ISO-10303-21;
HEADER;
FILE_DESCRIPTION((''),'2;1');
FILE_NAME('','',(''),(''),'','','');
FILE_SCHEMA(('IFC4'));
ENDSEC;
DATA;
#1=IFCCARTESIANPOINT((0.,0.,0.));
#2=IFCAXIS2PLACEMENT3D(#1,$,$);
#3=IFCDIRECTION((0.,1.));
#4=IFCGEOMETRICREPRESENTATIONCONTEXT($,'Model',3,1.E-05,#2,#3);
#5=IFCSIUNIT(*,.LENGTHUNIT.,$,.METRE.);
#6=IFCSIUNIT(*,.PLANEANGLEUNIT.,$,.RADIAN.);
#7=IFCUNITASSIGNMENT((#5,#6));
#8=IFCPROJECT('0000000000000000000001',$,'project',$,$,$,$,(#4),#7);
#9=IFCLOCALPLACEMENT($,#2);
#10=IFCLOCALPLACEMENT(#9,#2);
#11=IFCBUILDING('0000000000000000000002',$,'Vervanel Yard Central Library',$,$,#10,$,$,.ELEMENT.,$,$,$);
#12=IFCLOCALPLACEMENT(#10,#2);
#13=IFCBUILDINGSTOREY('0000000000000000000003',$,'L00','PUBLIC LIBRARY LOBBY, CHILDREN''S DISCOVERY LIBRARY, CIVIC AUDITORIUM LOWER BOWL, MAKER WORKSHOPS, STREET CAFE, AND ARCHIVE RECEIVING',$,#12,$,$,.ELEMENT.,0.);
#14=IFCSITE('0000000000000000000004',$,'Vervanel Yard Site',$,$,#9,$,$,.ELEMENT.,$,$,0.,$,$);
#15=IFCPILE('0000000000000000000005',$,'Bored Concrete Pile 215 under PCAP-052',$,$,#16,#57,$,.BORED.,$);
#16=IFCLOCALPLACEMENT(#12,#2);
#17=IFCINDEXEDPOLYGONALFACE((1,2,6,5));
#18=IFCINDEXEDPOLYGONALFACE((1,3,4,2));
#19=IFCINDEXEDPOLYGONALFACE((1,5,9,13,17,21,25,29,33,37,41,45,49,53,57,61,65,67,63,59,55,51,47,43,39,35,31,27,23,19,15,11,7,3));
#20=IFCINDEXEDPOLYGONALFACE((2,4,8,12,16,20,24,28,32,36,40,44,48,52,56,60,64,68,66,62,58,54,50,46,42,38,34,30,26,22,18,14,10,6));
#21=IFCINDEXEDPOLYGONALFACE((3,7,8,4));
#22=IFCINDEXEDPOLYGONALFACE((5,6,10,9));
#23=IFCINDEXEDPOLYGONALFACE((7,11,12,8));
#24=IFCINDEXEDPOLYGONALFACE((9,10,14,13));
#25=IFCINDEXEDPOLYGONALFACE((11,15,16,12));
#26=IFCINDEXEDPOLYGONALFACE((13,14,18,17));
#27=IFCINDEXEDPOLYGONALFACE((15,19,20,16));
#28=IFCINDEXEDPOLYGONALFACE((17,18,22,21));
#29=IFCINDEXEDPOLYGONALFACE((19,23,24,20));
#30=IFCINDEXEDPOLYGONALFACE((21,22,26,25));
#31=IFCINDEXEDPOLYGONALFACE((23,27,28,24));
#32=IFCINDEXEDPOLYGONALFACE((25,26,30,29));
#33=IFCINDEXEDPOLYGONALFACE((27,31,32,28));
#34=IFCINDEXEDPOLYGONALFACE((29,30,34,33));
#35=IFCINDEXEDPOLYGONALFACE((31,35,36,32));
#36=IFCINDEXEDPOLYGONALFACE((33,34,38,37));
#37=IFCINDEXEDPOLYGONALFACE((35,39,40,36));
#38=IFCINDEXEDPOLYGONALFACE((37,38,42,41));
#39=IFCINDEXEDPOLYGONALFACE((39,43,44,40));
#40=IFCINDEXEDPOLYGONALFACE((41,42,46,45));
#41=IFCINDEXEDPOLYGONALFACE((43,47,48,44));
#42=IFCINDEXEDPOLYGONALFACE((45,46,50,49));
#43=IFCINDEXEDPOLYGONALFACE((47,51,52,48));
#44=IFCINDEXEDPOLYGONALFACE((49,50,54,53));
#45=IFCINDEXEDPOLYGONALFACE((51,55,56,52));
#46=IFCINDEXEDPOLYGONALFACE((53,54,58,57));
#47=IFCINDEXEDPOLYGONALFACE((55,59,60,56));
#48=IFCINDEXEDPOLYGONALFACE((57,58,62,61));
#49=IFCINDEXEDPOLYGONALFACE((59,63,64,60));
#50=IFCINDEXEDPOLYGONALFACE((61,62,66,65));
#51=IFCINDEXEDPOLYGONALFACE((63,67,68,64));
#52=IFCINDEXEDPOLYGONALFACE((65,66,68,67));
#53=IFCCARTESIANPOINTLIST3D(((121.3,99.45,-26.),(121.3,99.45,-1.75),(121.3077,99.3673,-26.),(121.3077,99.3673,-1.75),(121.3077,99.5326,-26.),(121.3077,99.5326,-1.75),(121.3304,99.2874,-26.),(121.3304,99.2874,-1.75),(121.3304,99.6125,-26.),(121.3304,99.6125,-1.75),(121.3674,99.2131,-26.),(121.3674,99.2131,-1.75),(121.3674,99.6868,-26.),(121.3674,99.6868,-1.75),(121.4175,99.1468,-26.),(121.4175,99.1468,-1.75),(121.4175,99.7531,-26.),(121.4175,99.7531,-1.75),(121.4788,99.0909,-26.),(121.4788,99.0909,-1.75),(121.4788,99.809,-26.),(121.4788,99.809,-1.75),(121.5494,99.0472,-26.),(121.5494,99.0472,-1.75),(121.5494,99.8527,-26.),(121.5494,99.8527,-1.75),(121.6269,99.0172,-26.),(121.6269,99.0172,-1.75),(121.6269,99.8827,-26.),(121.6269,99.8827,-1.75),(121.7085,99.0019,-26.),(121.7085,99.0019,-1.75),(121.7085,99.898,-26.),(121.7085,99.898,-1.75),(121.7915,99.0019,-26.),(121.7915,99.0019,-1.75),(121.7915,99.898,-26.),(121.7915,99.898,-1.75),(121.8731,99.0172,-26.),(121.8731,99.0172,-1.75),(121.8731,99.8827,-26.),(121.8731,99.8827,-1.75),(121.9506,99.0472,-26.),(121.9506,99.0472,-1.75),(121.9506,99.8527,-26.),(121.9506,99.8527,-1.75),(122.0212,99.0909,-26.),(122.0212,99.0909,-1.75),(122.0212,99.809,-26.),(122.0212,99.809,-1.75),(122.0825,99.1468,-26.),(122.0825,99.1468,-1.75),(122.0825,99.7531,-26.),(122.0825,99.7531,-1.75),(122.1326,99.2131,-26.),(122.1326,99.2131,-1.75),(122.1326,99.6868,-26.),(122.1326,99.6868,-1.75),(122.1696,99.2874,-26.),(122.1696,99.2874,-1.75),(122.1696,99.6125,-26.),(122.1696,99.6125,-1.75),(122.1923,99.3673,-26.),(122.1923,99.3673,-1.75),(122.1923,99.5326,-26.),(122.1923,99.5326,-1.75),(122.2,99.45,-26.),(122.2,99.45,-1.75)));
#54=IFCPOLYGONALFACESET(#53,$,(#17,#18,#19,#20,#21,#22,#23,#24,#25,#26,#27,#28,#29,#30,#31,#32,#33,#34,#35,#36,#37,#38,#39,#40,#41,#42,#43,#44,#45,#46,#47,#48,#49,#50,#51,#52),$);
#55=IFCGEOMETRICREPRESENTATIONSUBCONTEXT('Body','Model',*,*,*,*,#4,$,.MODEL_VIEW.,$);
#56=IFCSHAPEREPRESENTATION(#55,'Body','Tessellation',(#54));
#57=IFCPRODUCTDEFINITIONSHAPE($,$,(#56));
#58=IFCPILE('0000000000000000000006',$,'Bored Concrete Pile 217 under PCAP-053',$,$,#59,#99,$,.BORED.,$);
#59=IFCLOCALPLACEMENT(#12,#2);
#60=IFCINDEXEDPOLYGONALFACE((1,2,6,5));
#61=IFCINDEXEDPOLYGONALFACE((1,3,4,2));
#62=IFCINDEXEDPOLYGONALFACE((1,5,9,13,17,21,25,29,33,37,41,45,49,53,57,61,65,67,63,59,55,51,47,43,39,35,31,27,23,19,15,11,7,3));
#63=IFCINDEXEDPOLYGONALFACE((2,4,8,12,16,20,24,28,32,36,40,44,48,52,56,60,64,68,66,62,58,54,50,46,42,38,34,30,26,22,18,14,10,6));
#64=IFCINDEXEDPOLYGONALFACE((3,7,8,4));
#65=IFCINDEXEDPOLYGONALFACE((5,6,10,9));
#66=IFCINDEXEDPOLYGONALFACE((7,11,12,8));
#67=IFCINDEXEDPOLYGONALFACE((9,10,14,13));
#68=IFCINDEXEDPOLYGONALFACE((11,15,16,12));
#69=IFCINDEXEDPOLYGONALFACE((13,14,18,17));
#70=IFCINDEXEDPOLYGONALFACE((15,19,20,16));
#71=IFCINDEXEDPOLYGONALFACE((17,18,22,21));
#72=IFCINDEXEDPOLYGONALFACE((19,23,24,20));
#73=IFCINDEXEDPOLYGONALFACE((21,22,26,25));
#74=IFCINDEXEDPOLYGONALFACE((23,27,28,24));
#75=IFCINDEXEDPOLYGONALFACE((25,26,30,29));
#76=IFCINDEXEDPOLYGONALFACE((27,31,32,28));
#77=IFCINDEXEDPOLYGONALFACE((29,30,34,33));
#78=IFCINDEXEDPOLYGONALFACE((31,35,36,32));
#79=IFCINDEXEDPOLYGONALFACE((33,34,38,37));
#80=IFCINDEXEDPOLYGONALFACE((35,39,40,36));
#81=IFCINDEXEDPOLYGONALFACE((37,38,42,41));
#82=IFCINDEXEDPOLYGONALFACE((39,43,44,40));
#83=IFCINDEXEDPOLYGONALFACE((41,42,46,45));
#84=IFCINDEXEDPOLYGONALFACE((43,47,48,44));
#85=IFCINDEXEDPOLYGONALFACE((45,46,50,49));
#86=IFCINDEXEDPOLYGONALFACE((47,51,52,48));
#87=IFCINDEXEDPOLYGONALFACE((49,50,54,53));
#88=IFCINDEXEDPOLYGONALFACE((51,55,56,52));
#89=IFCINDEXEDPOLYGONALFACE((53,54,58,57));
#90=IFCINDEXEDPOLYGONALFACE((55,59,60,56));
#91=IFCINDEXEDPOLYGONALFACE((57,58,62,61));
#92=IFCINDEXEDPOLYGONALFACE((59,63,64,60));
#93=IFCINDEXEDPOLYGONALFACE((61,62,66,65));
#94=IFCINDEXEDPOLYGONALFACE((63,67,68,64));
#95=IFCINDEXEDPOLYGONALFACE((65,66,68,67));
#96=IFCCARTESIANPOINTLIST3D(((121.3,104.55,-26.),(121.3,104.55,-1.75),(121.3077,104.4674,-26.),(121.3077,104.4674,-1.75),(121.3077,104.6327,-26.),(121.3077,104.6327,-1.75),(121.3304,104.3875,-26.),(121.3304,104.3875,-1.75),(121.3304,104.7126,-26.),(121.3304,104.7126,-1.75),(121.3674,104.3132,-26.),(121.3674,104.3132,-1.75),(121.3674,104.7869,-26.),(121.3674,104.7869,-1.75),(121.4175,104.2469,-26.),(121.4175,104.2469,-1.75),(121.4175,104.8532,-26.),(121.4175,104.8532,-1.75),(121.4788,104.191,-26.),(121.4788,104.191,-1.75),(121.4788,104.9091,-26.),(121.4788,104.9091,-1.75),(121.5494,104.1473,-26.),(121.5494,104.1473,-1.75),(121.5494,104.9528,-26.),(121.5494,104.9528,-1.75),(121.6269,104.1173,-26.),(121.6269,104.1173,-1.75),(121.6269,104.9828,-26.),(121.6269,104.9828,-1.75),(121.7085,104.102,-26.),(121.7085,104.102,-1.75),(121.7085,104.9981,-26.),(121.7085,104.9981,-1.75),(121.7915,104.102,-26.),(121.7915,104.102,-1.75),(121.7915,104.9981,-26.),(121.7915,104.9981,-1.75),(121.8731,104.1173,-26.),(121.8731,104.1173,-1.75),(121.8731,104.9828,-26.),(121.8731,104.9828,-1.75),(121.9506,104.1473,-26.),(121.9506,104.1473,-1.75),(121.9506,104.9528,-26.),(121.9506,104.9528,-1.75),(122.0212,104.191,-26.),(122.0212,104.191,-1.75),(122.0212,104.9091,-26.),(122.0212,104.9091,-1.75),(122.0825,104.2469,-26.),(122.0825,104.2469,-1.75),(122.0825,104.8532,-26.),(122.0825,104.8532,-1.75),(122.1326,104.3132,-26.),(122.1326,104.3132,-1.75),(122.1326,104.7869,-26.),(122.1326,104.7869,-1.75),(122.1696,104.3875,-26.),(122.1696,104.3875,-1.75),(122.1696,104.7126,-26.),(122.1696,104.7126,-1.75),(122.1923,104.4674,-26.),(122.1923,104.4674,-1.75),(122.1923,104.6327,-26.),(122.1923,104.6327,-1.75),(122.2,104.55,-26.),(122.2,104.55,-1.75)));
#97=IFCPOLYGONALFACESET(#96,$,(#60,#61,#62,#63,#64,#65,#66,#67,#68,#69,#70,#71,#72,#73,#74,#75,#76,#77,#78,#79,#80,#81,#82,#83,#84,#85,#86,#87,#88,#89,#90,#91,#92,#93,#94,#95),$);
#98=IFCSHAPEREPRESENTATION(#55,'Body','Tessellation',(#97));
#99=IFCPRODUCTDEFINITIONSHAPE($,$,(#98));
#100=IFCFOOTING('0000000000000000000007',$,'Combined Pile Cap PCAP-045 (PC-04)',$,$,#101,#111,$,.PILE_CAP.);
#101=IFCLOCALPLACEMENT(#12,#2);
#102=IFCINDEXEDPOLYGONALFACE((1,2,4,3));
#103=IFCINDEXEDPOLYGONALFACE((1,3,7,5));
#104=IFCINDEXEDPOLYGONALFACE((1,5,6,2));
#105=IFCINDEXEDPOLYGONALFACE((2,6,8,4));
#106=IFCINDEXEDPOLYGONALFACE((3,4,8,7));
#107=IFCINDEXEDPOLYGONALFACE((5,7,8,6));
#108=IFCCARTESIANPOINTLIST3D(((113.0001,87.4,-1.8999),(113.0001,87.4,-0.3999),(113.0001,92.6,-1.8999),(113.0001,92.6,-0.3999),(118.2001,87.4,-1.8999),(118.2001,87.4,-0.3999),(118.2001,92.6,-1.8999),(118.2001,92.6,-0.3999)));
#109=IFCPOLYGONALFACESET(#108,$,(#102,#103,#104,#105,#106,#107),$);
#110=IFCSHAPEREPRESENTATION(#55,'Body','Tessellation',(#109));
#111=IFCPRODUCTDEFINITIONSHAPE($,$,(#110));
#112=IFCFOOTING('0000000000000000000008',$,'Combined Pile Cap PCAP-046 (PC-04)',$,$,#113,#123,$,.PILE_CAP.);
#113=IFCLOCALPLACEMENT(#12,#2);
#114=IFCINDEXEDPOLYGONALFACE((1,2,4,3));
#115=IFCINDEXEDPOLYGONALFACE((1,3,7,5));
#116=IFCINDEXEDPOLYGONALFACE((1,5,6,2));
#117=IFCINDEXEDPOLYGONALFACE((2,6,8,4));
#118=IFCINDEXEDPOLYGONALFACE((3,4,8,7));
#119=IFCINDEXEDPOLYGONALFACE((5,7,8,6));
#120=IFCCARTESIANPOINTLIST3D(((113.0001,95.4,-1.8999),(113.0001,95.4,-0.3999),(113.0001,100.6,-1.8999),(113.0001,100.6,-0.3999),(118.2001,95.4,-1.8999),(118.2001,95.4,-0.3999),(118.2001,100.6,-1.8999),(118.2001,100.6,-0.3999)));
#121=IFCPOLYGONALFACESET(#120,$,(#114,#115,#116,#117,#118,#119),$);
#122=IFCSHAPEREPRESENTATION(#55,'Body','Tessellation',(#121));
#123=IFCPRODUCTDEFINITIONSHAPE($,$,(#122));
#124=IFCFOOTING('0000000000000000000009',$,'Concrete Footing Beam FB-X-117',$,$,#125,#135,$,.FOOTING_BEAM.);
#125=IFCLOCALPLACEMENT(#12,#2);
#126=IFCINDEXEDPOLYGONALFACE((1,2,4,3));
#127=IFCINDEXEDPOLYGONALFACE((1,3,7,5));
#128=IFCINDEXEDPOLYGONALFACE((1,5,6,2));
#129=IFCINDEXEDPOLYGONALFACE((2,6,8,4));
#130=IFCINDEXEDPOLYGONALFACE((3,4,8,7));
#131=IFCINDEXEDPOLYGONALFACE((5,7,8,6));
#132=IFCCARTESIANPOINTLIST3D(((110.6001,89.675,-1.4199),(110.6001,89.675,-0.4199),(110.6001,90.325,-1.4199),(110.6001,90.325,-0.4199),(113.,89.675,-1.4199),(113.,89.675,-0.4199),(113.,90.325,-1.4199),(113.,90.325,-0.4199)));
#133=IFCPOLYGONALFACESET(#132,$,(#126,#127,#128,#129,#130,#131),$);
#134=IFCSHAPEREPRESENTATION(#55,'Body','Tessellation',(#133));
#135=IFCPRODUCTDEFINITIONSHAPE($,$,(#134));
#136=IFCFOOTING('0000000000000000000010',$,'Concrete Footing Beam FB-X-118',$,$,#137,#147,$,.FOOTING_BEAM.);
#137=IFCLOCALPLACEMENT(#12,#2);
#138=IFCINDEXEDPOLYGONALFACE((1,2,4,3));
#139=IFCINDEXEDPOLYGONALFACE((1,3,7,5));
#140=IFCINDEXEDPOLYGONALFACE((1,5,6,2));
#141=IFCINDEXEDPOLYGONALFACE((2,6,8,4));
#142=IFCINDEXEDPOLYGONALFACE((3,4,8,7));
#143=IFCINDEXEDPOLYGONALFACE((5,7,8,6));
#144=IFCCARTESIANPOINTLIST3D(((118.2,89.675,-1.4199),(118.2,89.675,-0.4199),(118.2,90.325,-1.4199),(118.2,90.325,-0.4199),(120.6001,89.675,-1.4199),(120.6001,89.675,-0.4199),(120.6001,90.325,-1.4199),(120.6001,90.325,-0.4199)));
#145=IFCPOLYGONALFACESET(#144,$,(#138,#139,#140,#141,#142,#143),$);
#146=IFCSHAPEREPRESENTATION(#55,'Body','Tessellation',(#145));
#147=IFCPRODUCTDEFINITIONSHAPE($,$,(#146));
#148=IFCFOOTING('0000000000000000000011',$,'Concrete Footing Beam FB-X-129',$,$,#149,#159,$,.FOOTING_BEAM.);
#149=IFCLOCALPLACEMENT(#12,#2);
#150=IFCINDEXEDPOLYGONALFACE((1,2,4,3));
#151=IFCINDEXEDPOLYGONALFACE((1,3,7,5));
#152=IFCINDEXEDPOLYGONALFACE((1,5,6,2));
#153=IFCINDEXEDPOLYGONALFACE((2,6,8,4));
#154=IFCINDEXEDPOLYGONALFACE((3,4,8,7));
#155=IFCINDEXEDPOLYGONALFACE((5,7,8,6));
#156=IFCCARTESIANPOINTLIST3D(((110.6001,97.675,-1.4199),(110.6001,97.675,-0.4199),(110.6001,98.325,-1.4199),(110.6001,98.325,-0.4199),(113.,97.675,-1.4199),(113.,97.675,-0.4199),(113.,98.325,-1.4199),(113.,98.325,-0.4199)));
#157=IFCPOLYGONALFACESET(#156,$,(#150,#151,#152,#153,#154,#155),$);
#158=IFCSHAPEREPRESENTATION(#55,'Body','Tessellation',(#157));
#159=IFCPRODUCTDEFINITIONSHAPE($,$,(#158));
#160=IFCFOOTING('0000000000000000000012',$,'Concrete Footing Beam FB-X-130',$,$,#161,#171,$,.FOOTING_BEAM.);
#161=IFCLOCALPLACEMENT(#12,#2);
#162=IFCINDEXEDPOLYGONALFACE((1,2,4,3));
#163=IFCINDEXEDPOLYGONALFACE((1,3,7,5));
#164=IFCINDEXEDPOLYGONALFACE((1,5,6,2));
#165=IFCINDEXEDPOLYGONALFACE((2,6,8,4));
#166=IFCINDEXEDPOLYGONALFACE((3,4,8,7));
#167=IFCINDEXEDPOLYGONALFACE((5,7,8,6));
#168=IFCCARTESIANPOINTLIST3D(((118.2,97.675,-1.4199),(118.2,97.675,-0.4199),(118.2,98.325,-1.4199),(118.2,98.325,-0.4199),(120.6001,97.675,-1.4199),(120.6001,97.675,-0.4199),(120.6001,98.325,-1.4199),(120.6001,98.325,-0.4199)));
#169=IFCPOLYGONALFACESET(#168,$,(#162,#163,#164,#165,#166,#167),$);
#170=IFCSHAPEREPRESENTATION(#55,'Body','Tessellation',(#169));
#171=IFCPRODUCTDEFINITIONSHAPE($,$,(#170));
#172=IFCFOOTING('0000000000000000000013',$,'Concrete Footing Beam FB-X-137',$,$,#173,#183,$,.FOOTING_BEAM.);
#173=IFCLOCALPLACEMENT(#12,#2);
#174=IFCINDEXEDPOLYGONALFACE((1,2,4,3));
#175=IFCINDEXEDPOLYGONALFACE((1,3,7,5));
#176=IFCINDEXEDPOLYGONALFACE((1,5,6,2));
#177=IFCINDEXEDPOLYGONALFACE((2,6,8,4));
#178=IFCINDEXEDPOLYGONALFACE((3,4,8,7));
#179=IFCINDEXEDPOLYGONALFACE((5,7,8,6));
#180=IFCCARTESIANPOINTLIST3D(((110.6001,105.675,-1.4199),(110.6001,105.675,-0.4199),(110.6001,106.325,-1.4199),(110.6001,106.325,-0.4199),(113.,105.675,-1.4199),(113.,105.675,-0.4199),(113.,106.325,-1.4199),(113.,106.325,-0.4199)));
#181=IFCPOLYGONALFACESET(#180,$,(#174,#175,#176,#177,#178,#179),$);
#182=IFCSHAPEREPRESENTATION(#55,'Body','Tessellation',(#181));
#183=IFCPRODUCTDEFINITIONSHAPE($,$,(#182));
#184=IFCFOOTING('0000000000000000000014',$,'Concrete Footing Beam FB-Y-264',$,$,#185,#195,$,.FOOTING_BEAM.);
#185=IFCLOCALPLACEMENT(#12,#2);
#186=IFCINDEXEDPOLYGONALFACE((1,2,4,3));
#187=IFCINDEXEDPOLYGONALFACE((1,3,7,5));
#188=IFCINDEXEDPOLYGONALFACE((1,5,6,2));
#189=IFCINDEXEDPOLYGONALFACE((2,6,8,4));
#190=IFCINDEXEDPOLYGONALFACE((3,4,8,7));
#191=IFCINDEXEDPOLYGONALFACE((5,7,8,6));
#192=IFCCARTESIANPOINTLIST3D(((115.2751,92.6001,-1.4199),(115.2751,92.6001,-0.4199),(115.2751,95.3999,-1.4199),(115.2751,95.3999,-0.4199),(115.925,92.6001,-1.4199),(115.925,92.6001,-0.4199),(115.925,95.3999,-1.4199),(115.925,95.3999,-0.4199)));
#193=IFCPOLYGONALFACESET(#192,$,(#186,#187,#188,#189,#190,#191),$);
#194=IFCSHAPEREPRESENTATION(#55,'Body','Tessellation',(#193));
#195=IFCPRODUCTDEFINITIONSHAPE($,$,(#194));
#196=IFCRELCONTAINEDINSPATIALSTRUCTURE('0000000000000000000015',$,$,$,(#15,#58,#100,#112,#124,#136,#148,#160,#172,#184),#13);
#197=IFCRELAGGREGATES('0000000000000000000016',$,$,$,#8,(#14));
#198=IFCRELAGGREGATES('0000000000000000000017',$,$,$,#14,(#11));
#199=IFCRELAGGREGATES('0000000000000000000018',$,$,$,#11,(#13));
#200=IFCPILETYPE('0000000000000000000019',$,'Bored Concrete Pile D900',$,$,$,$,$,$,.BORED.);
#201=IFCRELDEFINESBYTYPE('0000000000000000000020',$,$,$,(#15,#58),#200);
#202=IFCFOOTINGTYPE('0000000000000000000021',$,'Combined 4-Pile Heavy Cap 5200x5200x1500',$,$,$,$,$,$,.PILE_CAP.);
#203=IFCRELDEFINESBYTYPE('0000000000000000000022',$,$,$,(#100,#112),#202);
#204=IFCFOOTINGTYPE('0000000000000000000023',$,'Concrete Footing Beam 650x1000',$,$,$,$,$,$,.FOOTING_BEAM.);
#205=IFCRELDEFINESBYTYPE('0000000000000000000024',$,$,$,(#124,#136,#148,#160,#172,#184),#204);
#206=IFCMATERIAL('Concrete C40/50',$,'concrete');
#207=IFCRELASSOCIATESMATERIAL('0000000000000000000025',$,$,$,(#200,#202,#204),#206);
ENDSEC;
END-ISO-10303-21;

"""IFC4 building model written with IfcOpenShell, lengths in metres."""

from ifc_helpers import new_model, si_unit, direction, frame, origin, origin_2d, place, context, subcontext, project, spatial, rectangle, circle, extrude, material, material_profile, profile_set, type_object, element, save


model = new_model("IFC4")

# Units and contexts
model_context = context("Model", 3, precision=1e-05, world=origin(), true_north=direction((0.0, 1.0)))
body_context = subcontext(model_context, "Body", "Model", "MODEL_VIEW")
ifc_project = project(units=[si_unit("LENGTHUNIT", "METRE"), si_unit("PLANEANGLEUNIT", "RADIAN")], contexts=[model_context])

# Site, building, storey
site_placement = place(None, origin())
site = spatial("IfcSite", under=ifc_project, at=site_placement, Name="Vervanel Yard Site", CompositionType="ELEMENT", RefElevation=0.0)
building_placement = place(site_placement, origin())
building = spatial("IfcBuilding", under=site, at=building_placement, Name="Vervanel Yard Central Library", CompositionType="ELEMENT")
storey_placement = place(building_placement, origin())
storey = spatial("IfcBuildingStorey", under=building, at=storey_placement, Name="L00", Description="PUBLIC LIBRARY LOBBY, CHILDREN'S DISCOVERY LIBRARY, CIVIC AUDITORIUM LOWER BOWL, MAKER WORKSHOPS, STREET CAFE, AND ARCHIVE RECEIVING", CompositionType="ELEMENT", Elevation=0.0)

# Piles
ifc_material_1 = material(Name="Concrete C40/50", Category="concrete")
ifc_material_profile_1 = material_profile(ifc_material_1, circle(Radius=0.45, at=origin_2d()), Name="BP D900", Category="concrete")
ifc_profile_set_1 = profile_set([ifc_material_profile_1], Name="Concrete C40/50")
pile_type = type_object("IfcPileType", Name="Bored Concrete Pile D900", PredefinedType="BORED", material=ifc_profile_set_1)
for number, where, z_axis, x_axis, name in (
    (1, (121.75, 99.45, -1.75), (0.0, 0.0, -1.0), (1.0, 0.0, 0.0), "Bored Concrete Pile 215 under PCAP-052"),
    (2, (121.75, 104.55, -1.75), (0.0, 0.0, -1.0), (1.0, 0.0, 0.0), "Bored Concrete Pile 217 under PCAP-053"),
):
    element("IfcPile", number, at=place(storey_placement, frame(where, z_axis=z_axis, x_axis=x_axis)), inside=storey, type_object=pile_type, Name=name, PredefinedType="BORED", context=body_context, shape_type="SweptSolid", body=[
        extrude(circle(Radius=0.45, at=origin_2d()), origin(), (0.0, 0.0, 1.0), 24.25),
    ])

# Footings
footing_type_1 = type_object("IfcFootingType", Name="Combined 4-Pile Heavy Cap 5200x5200x1500", PredefinedType="PILE_CAP", material=ifc_material_1)
for number, where, z_axis, x_axis, name in (
    (3, (115.6001, 90.0, -1.8999), (0.0, 0.0, 1.0), (1.0, 0.0, 0.0), "Combined Pile Cap PCAP-045 (PC-04)"),
    (4, (115.6001, 98.0, -1.8999), (0.0, 0.0, 1.0), (1.0, 0.0, 0.0), "Combined Pile Cap PCAP-046 (PC-04)"),
):
    element("IfcFooting", number, at=place(storey_placement, frame(where, z_axis=z_axis, x_axis=x_axis)), inside=storey, type_object=footing_type_1, Name=name, PredefinedType="PILE_CAP", context=body_context, shape_type="SweptSolid", body=[
        extrude(rectangle(XDim=5.2, YDim=5.2, at=origin_2d()), origin(), (0.0, 0.0, 1.0), 1.5),
    ])
ifc_material_profile_2 = material_profile(ifc_material_1, rectangle(XDim=0.6499, YDim=1.0, at=origin_2d()), Name="RC 650x1000", Category="concrete")
ifc_profile_set_2 = profile_set([ifc_material_profile_2], Name="Concrete C40/50")
footing_type_2 = type_object("IfcFootingType", Name="Concrete Footing Beam 650x1000", PredefinedType="FOOTING_BEAM", material=ifc_profile_set_2)
footing_1_placement = place(storey_placement, frame((110.6001, 90.0, -0.9199), z_axis=(1.0, 0.0, 0.0), x_axis=(0.0, 1.0, 0.0)))
element("IfcFooting", 5, at=footing_1_placement, inside=storey, type_object=footing_type_2, Name="Concrete Footing Beam FB-X-117", PredefinedType="FOOTING_BEAM", context=body_context, shape_type="SweptSolid", body=[
    extrude(rectangle(XDim=0.6499, YDim=1.0, at=origin_2d()), origin(), (0.0, 0.0, 1.0), 2.3999),
])
footing_2_placement = place(storey_placement, frame((118.2, 90.0, -0.9199), z_axis=(1.0, 0.0, 0.0), x_axis=(0.0, 1.0, 0.0)))
element("IfcFooting", 6, at=footing_2_placement, inside=storey, type_object=footing_type_2, Name="Concrete Footing Beam FB-X-118", PredefinedType="FOOTING_BEAM", context=body_context, shape_type="SweptSolid", body=[
    extrude(rectangle(XDim=0.6499, YDim=1.0, at=origin_2d()), origin(), (0.0, 0.0, 1.0), 2.4001),
])
footing_3_placement = place(storey_placement, frame((110.6001, 98.0, -0.9199), z_axis=(1.0, 0.0, 0.0), x_axis=(0.0, 1.0, 0.0)))
element("IfcFooting", 7, at=footing_3_placement, inside=storey, type_object=footing_type_2, Name="Concrete Footing Beam FB-X-129", PredefinedType="FOOTING_BEAM", context=body_context, shape_type="SweptSolid", body=[
    extrude(rectangle(XDim=0.6499, YDim=1.0, at=origin_2d()), origin(), (0.0, 0.0, 1.0), 2.3999),
])
footing_4_placement = place(storey_placement, frame((118.2, 98.0, -0.9199), z_axis=(1.0, 0.0, 0.0), x_axis=(0.0, 1.0, 0.0)))
element("IfcFooting", 8, at=footing_4_placement, inside=storey, type_object=footing_type_2, Name="Concrete Footing Beam FB-X-130", PredefinedType="FOOTING_BEAM", context=body_context, shape_type="SweptSolid", body=[
    extrude(rectangle(XDim=0.6499, YDim=1.0, at=origin_2d()), origin(), (0.0, 0.0, 1.0), 2.4001),
])
footing_5_placement = place(storey_placement, frame((110.6001, 106.0, -0.9199), z_axis=(1.0, 0.0, 0.0), x_axis=(0.0, 1.0, 0.0)))
element("IfcFooting", 9, at=footing_5_placement, inside=storey, type_object=footing_type_2, Name="Concrete Footing Beam FB-X-137", PredefinedType="FOOTING_BEAM", context=body_context, shape_type="SweptSolid", body=[
    extrude(rectangle(XDim=0.6499, YDim=1.0, at=origin_2d()), origin(), (0.0, 0.0, 1.0), 2.3999),
])
for number, where, z_axis, x_axis, name in (
    (10, (115.6001, 92.6001, -0.9199), (0.0, 1.0, 0.0), (-1.0, 0.0, 0.0), "Concrete Footing Beam FB-Y-264"),
):
    element("IfcFooting", number, at=place(storey_placement, frame(where, z_axis=z_axis, x_axis=x_axis)), inside=storey, type_object=footing_type_2, Name=name, PredefinedType="FOOTING_BEAM", context=body_context, shape_type="SweptSolid", body=[
        extrude(rectangle(XDim=0.6499, YDim=1.0, at=origin_2d()), origin(), (0.0, 0.0, 1.0), 2.7998),
    ])

save(model, "model.ifc")
